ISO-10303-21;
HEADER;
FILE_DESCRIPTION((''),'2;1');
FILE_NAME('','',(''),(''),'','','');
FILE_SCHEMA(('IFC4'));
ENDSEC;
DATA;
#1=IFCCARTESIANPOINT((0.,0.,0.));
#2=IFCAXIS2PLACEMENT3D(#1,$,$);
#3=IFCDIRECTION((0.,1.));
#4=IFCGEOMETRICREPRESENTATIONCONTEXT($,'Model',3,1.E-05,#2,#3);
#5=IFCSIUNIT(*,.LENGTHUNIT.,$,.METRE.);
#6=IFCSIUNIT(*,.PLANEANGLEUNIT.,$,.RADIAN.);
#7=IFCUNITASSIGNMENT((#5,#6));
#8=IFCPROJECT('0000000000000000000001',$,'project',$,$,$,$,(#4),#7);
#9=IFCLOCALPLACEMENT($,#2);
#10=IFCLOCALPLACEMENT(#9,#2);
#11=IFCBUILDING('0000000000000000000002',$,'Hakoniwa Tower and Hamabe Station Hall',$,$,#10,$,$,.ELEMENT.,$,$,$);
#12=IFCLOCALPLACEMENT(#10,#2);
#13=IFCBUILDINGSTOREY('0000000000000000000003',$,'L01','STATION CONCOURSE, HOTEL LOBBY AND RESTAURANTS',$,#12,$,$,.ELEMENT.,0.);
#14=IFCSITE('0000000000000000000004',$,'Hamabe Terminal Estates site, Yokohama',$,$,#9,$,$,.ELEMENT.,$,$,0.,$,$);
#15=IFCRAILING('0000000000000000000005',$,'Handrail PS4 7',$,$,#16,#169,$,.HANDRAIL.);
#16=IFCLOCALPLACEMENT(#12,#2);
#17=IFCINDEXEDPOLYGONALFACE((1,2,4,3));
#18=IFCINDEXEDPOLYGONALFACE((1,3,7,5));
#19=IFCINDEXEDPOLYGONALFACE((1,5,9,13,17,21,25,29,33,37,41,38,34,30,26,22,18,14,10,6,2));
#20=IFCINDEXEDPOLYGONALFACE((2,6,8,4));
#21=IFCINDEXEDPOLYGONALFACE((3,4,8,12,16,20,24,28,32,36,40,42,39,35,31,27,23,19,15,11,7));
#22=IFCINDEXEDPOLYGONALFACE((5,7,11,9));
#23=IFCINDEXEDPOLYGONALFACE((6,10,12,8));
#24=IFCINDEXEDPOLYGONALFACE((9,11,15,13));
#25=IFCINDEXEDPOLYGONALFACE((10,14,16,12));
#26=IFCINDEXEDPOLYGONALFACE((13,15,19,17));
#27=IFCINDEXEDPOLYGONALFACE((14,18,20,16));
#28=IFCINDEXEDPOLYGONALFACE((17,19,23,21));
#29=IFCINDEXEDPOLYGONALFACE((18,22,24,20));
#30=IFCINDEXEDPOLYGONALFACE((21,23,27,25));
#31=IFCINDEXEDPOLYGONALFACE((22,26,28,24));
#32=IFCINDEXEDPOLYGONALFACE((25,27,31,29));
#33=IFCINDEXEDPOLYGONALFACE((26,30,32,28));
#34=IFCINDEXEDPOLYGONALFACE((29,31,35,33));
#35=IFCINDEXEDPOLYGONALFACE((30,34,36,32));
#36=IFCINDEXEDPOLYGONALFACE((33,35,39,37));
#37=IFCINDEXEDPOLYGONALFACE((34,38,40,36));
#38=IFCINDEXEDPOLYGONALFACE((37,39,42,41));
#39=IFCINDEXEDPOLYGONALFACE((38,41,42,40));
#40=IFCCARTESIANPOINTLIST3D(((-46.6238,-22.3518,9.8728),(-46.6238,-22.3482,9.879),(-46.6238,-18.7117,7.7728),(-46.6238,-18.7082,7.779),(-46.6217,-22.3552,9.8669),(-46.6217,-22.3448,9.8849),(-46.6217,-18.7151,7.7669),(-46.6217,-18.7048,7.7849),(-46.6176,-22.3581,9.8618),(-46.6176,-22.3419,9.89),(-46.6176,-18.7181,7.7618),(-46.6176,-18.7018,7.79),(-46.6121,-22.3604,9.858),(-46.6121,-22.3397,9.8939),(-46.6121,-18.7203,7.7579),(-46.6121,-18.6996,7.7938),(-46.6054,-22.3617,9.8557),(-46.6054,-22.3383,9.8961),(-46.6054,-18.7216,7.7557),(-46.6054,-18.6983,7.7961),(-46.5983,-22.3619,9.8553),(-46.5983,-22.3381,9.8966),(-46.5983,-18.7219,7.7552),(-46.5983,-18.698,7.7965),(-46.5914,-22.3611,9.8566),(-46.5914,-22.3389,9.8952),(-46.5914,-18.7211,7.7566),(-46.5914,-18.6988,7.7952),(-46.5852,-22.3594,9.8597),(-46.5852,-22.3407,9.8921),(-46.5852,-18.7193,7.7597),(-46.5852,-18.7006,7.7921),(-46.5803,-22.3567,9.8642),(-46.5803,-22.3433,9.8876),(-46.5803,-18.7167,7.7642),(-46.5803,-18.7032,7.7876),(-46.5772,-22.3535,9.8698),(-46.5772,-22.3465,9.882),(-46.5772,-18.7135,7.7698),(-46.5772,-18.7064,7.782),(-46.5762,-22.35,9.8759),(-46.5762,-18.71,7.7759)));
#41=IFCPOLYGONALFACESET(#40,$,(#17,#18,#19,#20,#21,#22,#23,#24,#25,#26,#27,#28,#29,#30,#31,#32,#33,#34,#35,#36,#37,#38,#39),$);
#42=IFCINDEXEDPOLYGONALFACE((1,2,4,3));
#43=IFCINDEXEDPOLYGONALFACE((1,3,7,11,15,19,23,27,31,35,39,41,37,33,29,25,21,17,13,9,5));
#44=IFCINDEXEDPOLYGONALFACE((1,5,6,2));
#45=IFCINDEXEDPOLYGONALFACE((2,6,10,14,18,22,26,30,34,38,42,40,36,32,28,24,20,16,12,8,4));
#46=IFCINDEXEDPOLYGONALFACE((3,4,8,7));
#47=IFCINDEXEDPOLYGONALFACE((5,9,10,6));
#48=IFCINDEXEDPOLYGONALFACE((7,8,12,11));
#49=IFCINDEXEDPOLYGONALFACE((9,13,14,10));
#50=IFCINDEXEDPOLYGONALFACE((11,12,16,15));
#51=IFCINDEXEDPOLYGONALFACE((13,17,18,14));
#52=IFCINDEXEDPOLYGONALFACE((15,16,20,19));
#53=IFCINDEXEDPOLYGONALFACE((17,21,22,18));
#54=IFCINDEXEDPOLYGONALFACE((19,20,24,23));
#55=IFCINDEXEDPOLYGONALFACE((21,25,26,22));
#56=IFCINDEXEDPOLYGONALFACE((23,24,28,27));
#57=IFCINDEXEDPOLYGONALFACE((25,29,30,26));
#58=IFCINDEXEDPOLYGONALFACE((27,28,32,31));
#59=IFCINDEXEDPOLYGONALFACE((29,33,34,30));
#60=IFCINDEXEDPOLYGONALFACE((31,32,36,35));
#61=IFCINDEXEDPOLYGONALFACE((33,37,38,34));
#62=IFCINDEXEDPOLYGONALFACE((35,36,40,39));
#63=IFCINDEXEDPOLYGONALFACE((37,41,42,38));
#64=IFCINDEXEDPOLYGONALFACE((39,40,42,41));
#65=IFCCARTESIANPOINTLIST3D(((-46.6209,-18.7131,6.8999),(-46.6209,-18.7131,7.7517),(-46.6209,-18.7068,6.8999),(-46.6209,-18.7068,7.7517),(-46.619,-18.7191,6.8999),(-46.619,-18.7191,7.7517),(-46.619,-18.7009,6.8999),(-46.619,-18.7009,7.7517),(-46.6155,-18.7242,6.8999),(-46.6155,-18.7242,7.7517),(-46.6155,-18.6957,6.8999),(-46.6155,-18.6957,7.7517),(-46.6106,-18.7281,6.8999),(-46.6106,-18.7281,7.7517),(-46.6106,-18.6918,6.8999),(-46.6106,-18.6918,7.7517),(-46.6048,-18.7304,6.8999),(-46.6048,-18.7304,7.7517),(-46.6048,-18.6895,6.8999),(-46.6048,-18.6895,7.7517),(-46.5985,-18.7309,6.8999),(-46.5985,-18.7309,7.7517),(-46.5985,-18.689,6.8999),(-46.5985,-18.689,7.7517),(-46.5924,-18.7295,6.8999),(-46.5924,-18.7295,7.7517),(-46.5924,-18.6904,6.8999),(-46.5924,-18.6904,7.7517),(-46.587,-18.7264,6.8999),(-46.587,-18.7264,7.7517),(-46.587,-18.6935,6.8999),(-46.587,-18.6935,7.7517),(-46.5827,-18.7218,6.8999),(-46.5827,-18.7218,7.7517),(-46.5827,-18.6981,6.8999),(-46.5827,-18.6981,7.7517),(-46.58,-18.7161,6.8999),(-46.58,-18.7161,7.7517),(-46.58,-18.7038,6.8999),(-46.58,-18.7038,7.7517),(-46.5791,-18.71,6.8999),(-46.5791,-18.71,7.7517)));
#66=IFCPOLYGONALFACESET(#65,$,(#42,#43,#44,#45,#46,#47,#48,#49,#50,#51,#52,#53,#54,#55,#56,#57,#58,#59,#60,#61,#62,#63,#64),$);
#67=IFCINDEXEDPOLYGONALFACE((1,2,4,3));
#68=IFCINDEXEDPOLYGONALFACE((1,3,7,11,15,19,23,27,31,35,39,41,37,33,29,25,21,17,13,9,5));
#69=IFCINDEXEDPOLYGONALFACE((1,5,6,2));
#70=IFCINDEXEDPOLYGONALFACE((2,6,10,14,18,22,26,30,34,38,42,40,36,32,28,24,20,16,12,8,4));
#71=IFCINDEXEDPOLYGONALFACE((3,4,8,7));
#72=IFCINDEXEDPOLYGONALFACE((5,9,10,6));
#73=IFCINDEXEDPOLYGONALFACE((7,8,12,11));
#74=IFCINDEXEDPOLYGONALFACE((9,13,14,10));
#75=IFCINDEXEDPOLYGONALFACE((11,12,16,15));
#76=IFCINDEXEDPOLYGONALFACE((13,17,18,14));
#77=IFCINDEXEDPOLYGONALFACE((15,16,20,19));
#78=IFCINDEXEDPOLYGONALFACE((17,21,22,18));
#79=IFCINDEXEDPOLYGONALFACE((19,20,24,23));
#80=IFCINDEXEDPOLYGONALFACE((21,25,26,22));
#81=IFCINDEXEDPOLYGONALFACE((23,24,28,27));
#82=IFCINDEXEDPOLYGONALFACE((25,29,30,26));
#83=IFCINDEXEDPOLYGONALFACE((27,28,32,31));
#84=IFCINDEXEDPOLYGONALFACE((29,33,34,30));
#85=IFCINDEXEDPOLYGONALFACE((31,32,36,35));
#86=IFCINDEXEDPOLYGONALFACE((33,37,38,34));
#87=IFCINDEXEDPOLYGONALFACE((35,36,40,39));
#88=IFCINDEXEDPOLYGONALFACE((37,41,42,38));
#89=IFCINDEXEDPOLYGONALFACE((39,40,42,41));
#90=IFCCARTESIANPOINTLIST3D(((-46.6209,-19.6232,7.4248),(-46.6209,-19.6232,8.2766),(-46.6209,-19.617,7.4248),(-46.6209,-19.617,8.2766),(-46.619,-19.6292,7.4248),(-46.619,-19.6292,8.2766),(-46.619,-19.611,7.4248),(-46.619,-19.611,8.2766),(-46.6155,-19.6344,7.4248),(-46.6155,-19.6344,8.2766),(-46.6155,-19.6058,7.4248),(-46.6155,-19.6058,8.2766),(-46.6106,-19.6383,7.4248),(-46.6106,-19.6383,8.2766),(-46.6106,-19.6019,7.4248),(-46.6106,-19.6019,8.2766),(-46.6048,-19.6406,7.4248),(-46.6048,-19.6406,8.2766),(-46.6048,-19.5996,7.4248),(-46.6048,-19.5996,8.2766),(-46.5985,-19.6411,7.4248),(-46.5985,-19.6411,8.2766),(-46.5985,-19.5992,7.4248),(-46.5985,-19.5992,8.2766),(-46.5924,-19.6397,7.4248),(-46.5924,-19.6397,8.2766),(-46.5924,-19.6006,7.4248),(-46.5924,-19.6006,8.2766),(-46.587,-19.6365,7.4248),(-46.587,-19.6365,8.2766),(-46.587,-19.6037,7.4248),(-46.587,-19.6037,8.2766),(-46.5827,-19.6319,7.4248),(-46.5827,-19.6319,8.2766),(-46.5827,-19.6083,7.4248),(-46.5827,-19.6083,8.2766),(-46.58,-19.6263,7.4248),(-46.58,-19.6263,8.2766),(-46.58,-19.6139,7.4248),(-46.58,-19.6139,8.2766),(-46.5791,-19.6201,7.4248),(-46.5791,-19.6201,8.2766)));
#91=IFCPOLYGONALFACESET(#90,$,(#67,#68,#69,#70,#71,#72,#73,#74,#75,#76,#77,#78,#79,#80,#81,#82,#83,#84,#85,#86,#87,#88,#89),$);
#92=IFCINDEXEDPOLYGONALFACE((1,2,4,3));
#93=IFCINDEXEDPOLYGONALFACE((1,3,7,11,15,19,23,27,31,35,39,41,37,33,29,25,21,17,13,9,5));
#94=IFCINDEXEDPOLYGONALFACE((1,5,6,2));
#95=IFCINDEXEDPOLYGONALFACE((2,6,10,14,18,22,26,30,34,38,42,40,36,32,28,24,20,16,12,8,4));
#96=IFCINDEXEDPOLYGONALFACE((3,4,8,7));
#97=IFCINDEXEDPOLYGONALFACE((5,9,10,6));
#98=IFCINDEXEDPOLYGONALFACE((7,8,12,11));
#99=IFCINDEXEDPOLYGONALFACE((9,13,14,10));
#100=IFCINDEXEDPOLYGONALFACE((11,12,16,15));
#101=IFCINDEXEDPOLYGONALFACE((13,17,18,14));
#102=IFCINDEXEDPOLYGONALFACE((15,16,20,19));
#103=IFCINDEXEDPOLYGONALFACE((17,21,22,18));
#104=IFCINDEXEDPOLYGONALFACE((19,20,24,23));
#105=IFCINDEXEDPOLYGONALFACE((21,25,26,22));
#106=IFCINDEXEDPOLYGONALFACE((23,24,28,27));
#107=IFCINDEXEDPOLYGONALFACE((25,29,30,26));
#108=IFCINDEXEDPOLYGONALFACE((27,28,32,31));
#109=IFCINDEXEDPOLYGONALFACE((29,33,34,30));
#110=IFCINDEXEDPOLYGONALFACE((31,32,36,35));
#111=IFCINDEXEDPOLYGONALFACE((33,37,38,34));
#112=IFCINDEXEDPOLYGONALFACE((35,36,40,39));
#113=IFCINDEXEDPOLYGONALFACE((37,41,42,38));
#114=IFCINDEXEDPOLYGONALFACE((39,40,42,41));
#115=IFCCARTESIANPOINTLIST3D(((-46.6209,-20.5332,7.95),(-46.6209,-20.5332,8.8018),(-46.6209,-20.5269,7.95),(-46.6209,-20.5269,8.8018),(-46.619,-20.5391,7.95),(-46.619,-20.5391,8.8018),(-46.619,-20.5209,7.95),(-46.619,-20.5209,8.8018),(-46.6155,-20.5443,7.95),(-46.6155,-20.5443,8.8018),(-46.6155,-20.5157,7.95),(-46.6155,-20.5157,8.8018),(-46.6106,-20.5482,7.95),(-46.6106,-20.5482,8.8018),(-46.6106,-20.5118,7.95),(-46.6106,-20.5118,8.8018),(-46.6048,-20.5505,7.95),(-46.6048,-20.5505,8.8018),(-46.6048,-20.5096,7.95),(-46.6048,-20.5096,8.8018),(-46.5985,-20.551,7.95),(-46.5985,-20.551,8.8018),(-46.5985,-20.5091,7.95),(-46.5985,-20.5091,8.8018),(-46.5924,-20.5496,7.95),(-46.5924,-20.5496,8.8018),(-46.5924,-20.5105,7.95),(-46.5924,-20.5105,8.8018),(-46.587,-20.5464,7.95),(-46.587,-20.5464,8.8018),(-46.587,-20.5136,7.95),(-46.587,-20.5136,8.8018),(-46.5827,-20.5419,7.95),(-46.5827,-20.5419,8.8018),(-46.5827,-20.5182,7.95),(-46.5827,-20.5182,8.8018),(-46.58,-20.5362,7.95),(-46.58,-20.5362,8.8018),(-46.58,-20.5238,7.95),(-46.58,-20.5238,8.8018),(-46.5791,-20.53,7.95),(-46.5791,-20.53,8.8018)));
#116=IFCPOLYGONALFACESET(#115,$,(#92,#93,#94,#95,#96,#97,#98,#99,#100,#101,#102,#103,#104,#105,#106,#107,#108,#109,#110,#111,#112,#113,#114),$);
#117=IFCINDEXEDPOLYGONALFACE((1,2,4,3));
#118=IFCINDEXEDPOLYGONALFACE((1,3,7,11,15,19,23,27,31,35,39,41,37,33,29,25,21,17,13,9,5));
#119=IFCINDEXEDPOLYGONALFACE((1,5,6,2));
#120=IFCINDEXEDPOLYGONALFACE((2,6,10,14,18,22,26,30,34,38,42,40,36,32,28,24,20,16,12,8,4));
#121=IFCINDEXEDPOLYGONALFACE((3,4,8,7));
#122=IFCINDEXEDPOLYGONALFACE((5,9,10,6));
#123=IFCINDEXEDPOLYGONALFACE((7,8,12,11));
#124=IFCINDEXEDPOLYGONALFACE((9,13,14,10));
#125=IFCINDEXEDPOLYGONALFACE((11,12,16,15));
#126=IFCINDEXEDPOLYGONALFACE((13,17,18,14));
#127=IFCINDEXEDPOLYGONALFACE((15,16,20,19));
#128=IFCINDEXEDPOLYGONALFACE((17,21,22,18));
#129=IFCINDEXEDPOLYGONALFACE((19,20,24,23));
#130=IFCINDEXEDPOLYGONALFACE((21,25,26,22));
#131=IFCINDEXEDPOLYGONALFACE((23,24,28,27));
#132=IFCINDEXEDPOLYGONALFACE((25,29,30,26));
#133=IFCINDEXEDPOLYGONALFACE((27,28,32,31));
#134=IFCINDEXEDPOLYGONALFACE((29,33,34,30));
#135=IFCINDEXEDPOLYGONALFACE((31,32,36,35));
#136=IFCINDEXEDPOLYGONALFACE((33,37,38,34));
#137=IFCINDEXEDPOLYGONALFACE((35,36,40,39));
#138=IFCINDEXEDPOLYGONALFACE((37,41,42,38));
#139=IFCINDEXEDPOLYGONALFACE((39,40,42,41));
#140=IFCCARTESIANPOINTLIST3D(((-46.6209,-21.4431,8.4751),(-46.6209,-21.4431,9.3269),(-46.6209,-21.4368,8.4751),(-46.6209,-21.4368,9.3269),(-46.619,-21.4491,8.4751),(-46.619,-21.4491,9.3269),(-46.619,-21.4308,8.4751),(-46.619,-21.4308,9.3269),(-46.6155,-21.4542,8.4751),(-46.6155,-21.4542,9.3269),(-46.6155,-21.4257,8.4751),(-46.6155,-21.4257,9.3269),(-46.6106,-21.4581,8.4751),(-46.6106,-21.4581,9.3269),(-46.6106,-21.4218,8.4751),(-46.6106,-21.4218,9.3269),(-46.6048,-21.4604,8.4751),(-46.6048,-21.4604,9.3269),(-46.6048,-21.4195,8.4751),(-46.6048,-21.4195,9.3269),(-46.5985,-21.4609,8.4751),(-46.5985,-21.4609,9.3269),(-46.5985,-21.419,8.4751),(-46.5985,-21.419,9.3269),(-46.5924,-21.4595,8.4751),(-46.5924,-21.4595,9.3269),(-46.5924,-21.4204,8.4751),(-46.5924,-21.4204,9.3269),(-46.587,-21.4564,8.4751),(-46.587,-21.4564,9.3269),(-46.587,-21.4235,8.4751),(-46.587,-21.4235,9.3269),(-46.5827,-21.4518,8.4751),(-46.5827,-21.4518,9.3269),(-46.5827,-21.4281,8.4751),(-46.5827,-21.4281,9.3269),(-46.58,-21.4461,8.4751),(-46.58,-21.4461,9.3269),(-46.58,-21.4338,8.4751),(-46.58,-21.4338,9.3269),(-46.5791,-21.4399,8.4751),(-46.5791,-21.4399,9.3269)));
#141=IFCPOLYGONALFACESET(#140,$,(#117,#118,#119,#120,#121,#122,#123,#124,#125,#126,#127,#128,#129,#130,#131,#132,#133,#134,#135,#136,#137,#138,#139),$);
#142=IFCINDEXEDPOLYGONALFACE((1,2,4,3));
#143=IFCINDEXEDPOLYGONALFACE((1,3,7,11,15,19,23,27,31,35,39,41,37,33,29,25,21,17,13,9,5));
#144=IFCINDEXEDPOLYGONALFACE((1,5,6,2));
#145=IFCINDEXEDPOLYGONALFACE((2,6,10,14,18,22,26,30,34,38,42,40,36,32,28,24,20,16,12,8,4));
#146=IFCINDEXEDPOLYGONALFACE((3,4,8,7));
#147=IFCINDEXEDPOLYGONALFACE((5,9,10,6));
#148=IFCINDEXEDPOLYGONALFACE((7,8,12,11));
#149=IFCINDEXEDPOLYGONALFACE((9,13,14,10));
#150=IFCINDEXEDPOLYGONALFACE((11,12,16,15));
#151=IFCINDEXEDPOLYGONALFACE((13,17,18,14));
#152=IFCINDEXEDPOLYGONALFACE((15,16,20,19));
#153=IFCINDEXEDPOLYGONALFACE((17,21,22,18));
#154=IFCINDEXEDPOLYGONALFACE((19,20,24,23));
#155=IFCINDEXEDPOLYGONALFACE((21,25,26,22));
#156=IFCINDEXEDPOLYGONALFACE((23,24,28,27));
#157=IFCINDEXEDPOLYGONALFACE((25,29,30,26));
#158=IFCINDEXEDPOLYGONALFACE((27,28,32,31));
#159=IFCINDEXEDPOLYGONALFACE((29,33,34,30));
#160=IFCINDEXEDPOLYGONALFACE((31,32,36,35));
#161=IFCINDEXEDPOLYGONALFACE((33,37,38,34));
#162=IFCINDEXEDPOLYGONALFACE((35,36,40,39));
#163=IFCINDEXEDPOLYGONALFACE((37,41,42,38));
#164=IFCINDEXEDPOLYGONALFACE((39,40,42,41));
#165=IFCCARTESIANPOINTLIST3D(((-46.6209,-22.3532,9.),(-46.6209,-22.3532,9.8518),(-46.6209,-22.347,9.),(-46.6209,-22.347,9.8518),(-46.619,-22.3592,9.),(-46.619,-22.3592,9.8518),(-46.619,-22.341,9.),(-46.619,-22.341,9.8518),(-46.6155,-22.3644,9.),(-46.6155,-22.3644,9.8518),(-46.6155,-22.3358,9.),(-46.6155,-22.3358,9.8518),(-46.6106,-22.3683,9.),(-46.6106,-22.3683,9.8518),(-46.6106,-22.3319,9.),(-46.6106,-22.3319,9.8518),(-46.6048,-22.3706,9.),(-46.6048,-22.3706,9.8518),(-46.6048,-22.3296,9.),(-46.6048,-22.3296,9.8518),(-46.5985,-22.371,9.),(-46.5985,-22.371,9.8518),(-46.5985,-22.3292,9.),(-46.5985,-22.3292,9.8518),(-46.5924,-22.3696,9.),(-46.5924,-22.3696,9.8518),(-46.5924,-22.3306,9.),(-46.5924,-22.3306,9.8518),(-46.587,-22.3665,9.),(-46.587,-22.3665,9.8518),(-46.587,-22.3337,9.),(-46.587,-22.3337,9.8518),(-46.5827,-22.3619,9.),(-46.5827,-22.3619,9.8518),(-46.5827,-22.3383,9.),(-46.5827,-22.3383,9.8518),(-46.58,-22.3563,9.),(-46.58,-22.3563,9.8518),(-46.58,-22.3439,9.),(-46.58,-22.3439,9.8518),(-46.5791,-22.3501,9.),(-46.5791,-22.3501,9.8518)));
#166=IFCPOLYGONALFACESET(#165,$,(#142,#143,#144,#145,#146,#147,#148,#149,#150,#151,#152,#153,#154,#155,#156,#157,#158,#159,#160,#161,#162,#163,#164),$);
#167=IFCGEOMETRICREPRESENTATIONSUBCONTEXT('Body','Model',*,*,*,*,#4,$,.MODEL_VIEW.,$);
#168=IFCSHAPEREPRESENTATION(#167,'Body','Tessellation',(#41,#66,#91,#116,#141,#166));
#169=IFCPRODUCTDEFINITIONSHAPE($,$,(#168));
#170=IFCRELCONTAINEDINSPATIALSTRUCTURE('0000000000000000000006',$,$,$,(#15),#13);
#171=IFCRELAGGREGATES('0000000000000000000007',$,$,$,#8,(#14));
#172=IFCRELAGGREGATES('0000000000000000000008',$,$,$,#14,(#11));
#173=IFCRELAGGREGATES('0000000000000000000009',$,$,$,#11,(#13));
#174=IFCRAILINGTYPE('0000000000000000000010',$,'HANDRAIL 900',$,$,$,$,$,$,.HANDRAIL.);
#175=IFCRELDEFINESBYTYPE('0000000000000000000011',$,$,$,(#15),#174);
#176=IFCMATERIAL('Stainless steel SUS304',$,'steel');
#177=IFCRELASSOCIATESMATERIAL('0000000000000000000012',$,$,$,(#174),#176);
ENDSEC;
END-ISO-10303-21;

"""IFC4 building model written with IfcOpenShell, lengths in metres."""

from ifc_helpers import new_model, si_unit, direction, frame, origin, origin_2d, place, context, subcontext, project, spatial, circle, extrude, material, type_object, element, save


model = new_model("IFC4")

# Units and contexts
model_context = context("Model", 3, precision=1e-05, world=origin(), true_north=direction((0.0, 1.0)))
body_context = subcontext(model_context, "Body", "Model", "MODEL_VIEW")
ifc_project = project(units=[si_unit("LENGTHUNIT", "METRE"), si_unit("PLANEANGLEUNIT", "RADIAN")], contexts=[model_context])

# Site, building, storey
site_placement = place(None, origin())
site = spatial("IfcSite", under=ifc_project, at=site_placement, Name="Hamabe Terminal Estates site, Yokohama", CompositionType="ELEMENT", RefElevation=0.0)
building_placement = place(site_placement, origin())
building = spatial("IfcBuilding", under=site, at=building_placement, Name="Hakoniwa Tower and Hamabe Station Hall", CompositionType="ELEMENT")
storey_placement = place(building_placement, origin())
storey = spatial("IfcBuildingStorey", under=building, at=storey_placement, Name="L01", Description="STATION CONCOURSE, HOTEL LOBBY AND RESTAURANTS", CompositionType="ELEMENT", Elevation=0.0)

# Railing
ifc_material_1 = material(Name="Stainless steel SUS304", Category="steel")
railing_type = type_object("IfcRailingType", Name="HANDRAIL 900", PredefinedType="HANDRAIL", material=ifc_material_1)
for number, where, name in (
    (1, (-46.6001, -18.71, 6.8999), "Handrail PS4 7"),
):
    element("IfcRailing", number, at=place(storey_placement, frame(where)), inside=storey, type_object=railing_type, Name=name, PredefinedType="HANDRAIL", context=body_context, shape_type="SweptSolid", body=[
        extrude(circle(Radius=0.0239, at=origin_2d()), frame((0.0, 0.0, 0.876), z_axis=(0.0, -0.866184, 0.499726), x_axis=(1.0, 0.0, 0.0)), (0.0, 0.0, 1.0), 4.2024),
        extrude(circle(Radius=0.021, at=origin_2d()), origin(), (0.0, 0.0, 1.0), 0.8518),
        extrude(circle(Radius=0.021, at=origin_2d()), frame((0.0, -0.9102, 0.5249)), (0.0, 0.0, 1.0), 0.8518),
        extrude(circle(Radius=0.021, at=origin_2d()), frame((0.0, -1.8201, 1.05)), (0.0, 0.0, 1.0), 0.8518),
        extrude(circle(Radius=0.021, at=origin_2d()), frame((0.0, -2.73, 1.5752)), (0.0, 0.0, 1.0), 0.8518),
        extrude(circle(Radius=0.021, at=origin_2d()), frame((0.0, -3.6401, 2.1001)), (0.0, 0.0, 1.0), 0.8518),
    ])

save(model, "model.ifc")
